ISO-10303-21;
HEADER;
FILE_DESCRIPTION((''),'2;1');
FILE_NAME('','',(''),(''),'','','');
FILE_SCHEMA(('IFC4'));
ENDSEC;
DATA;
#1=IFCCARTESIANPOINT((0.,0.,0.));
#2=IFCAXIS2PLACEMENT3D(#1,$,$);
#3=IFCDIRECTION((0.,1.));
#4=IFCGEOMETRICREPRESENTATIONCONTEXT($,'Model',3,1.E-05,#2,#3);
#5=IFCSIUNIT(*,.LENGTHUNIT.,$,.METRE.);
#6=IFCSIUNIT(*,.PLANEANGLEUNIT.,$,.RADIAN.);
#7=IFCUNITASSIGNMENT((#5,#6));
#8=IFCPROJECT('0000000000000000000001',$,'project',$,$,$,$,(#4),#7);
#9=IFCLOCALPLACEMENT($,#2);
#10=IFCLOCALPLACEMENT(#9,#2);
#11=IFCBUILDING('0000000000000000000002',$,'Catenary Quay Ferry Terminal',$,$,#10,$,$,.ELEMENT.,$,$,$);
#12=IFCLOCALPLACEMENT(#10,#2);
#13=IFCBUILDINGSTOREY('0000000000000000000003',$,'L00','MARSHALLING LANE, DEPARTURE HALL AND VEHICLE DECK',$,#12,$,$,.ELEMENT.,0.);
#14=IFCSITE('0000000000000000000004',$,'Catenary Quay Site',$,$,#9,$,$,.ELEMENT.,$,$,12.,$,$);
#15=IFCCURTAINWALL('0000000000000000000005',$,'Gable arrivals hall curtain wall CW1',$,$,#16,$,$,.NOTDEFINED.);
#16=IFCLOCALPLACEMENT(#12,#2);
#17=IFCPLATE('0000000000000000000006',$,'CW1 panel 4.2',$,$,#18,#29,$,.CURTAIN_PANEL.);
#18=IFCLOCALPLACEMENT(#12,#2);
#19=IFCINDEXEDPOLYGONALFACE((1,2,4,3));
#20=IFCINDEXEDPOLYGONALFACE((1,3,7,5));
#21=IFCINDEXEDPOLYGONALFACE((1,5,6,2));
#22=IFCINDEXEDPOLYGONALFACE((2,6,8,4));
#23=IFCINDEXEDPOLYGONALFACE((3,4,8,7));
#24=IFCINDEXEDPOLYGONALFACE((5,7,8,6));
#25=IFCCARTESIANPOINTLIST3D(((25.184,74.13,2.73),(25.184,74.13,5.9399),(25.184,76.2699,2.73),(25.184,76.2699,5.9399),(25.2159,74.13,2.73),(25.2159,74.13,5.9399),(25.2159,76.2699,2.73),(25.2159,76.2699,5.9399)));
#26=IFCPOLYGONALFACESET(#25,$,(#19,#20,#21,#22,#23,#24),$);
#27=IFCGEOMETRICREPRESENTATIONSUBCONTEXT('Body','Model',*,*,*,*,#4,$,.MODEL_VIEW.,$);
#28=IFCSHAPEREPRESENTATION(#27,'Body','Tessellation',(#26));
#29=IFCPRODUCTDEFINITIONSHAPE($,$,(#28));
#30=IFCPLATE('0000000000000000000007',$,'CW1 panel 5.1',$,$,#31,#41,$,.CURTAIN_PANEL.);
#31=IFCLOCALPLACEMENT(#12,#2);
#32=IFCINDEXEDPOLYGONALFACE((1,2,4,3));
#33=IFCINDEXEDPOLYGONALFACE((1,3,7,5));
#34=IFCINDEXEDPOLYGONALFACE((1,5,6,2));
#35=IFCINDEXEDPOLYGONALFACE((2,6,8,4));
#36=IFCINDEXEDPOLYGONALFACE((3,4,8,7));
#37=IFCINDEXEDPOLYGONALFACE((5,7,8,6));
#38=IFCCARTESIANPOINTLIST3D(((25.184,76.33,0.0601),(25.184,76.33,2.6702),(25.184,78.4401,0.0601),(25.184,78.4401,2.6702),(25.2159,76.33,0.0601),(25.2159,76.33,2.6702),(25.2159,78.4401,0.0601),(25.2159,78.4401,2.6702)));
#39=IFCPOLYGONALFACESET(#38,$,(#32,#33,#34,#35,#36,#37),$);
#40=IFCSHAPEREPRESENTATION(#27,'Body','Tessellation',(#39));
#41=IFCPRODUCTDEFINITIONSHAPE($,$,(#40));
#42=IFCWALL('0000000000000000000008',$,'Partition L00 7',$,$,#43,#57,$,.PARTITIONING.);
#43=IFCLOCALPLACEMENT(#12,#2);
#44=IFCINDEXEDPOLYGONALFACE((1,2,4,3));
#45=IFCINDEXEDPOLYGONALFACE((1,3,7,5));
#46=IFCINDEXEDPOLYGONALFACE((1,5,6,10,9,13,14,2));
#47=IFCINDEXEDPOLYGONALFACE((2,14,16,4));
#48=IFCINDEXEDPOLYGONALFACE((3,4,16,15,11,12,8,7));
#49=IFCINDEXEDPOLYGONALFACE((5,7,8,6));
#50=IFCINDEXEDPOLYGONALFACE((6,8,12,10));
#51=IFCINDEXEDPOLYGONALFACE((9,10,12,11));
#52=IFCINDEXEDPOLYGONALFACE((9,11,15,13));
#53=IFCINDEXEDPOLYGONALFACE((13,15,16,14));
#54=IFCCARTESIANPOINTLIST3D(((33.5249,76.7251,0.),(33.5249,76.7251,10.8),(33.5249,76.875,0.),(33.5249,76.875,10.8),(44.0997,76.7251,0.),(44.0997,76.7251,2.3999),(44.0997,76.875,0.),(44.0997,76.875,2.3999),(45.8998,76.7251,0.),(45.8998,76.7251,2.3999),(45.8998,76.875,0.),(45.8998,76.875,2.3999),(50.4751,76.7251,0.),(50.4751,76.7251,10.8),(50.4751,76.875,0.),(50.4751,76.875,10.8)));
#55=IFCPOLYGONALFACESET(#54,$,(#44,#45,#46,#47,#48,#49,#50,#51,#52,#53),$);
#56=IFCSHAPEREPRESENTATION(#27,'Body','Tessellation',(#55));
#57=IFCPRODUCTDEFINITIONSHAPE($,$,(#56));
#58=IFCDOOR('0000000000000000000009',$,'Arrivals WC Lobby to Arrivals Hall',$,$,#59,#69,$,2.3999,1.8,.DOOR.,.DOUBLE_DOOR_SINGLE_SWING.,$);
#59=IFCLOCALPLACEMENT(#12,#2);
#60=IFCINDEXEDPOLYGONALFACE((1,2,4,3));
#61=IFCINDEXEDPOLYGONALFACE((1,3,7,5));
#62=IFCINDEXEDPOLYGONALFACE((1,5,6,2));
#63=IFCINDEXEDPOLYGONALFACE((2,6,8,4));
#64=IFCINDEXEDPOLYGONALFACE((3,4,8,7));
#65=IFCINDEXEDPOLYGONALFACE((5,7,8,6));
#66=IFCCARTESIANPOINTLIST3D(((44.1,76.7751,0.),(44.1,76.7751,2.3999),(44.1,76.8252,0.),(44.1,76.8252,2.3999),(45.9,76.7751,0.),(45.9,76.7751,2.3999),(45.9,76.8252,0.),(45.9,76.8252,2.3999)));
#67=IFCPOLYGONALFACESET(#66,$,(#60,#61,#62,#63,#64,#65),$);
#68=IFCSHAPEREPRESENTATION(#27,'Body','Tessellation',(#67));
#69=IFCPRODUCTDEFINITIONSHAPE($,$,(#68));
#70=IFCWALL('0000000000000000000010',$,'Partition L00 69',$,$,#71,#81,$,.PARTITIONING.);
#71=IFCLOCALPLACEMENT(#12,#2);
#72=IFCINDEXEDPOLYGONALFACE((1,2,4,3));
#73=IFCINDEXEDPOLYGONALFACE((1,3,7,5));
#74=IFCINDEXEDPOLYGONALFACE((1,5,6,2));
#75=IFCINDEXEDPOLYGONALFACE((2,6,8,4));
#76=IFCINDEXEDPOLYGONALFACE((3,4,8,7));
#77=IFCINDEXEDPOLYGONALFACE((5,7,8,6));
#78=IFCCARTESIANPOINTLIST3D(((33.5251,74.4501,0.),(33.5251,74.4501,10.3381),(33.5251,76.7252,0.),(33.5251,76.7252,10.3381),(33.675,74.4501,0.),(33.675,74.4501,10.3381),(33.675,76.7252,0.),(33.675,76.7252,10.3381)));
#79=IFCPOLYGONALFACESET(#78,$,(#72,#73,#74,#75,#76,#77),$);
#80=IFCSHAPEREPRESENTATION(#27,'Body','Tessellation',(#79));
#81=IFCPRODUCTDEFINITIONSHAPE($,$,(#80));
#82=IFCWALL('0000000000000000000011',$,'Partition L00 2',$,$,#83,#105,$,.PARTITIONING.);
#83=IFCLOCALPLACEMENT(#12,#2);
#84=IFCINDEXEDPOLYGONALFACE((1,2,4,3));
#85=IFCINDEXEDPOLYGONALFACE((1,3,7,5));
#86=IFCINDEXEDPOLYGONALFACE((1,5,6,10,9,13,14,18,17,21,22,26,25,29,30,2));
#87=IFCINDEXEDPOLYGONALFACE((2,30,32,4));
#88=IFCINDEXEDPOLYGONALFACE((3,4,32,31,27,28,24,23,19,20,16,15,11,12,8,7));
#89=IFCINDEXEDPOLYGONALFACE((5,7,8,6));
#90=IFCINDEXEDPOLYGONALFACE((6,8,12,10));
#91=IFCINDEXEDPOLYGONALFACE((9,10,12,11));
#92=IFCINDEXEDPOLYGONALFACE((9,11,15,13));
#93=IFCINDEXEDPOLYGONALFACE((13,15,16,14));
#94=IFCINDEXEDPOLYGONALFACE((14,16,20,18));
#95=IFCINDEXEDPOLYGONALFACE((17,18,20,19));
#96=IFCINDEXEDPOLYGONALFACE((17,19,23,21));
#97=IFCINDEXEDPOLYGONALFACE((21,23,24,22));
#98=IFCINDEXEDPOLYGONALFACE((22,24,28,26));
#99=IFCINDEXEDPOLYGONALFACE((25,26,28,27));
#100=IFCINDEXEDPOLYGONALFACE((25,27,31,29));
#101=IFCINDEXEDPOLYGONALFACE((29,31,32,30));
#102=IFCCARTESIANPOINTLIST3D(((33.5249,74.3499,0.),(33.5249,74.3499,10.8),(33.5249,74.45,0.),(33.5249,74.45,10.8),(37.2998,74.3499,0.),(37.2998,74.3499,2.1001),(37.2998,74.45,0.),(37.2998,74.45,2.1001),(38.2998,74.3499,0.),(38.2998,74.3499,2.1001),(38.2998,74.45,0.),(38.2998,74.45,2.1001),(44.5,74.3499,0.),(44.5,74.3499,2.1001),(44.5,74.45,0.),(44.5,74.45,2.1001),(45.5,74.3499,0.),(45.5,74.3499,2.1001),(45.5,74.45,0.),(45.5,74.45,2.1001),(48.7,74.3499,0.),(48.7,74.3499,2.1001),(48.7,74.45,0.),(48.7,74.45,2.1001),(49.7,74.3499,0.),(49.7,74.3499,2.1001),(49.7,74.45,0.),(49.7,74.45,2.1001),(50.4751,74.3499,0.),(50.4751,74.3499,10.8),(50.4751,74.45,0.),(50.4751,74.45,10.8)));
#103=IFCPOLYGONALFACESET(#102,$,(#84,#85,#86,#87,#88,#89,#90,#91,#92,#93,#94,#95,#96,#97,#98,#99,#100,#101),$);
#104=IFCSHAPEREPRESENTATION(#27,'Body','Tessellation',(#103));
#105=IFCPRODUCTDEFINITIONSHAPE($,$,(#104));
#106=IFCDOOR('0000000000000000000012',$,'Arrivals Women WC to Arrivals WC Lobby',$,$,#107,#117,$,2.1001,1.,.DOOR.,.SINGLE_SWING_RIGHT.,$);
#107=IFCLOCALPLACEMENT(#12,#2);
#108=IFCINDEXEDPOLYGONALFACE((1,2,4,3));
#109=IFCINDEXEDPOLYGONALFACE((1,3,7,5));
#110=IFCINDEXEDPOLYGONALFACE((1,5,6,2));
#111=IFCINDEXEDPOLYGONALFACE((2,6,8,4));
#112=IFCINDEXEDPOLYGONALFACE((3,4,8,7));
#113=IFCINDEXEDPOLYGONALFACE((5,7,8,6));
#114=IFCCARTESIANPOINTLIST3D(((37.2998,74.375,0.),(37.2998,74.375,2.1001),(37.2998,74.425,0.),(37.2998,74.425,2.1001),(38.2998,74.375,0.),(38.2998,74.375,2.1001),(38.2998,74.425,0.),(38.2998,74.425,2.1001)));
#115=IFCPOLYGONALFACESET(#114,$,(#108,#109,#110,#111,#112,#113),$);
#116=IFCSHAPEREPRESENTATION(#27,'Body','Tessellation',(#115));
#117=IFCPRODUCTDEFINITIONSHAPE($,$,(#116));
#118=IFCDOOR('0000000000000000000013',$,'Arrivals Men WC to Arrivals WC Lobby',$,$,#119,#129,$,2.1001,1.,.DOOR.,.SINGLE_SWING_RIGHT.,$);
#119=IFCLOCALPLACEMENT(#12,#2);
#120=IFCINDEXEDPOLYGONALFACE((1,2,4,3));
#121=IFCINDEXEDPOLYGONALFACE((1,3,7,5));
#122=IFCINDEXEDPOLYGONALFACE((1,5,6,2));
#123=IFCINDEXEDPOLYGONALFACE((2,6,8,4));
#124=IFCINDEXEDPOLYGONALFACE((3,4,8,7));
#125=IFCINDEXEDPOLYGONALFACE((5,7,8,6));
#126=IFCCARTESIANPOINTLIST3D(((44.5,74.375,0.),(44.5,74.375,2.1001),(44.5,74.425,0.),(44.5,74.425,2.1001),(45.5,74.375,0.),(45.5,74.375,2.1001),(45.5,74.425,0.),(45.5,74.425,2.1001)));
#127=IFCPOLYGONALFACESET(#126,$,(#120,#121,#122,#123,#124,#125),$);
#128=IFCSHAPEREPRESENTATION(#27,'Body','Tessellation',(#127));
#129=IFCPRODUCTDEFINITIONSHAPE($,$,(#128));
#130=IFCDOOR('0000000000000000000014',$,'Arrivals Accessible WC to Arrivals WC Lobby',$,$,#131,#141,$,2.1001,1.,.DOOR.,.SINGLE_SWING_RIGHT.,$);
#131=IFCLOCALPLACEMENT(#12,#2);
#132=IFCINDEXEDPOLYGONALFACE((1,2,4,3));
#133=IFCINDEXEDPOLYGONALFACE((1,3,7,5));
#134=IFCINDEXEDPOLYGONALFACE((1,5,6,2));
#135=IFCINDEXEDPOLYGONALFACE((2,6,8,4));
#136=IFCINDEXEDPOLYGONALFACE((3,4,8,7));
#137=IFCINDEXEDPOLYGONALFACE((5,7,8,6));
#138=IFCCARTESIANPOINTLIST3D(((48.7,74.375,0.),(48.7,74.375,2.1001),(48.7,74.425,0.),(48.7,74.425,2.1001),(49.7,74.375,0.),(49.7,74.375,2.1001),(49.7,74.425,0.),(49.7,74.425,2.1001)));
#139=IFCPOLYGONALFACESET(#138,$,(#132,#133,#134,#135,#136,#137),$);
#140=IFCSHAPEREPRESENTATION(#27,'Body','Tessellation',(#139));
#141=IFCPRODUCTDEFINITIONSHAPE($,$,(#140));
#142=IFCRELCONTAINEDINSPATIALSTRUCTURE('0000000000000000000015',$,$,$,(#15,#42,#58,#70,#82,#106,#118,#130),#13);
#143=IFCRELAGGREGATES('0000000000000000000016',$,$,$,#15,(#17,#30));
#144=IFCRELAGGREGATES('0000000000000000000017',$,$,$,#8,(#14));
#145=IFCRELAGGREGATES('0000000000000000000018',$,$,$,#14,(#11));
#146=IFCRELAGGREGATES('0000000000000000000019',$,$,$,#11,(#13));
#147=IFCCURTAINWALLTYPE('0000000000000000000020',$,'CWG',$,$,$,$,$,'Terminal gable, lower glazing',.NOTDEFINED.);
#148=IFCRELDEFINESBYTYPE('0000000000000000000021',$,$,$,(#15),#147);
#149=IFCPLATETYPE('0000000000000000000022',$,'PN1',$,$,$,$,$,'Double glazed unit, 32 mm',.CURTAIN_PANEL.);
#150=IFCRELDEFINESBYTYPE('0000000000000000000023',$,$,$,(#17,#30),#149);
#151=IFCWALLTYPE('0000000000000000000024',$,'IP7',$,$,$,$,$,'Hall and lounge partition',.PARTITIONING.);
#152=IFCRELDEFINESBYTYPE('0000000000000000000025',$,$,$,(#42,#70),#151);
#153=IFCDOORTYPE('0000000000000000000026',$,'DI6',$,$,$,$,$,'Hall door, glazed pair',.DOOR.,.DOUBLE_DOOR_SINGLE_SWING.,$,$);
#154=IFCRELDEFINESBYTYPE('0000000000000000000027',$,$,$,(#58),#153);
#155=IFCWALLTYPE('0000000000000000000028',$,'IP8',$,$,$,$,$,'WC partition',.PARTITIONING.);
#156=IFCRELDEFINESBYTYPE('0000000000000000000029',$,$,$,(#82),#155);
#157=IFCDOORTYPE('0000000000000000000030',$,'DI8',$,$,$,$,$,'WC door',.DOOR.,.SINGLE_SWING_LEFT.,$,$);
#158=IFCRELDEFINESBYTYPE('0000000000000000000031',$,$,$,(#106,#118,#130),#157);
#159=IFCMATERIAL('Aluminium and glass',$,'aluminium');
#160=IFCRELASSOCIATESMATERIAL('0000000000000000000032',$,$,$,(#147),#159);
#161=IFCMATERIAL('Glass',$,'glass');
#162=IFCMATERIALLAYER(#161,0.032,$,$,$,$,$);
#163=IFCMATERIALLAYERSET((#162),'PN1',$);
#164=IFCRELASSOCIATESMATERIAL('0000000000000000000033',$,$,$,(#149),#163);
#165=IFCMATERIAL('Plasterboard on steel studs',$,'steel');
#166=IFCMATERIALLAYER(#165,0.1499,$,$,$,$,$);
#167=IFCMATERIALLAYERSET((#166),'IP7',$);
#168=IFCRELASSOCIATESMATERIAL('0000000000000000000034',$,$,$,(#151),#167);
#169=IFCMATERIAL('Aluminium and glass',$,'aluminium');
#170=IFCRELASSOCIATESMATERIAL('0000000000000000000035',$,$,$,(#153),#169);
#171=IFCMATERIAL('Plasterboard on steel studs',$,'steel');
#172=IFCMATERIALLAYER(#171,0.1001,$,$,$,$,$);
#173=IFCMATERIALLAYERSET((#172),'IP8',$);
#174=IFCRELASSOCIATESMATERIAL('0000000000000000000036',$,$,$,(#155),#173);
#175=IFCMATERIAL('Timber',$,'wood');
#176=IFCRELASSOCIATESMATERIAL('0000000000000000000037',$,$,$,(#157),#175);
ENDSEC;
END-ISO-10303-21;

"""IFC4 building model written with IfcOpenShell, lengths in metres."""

from ifc_helpers import new_model, si_unit, direction, frame, frame_2d, origin, origin_2d, place, context, subcontext, project, spatial, rectangle, extrude, material, layer, layer_set, type_object, element, fill, aggregate, save


model = new_model("IFC4")

# Units and contexts
model_context = context("Model", 3, precision=1e-05, world=origin(), true_north=direction((0.0, 1.0)))
body_context = subcontext(model_context, "Body", "Model", "MODEL_VIEW")
ifc_project = project(units=[si_unit("LENGTHUNIT", "METRE"), si_unit("PLANEANGLEUNIT", "RADIAN")], contexts=[model_context])

# Site, building, storey
site_placement = place(None, origin())
site = spatial("IfcSite", under=ifc_project, at=site_placement, Name="Catenary Quay Site", CompositionType="ELEMENT", RefElevation=12.0)
building_placement = place(site_placement, origin())
building = spatial("IfcBuilding", under=site, at=building_placement, Name="Catenary Quay Ferry Terminal", CompositionType="ELEMENT")
storey_placement = place(building_placement, origin())
storey = spatial("IfcBuildingStorey", under=building, at=storey_placement, Name="L00", Description="MARSHALLING LANE, DEPARTURE HALL AND VEHICLE DECK", CompositionType="ELEMENT", Elevation=0.0)

# Curtain wall, plates
ifc_material_1 = material(Name="Aluminium and glass", Category="aluminium")
curtain_wall_type = type_object("IfcCurtainWallType", Name="CWG", ElementType="Terminal gable, lower glazing", PredefinedType="NOTDEFINED", material=ifc_material_1)
curtain_wall_placement = place(storey_placement, origin())
curtain_wall = element("IfcCurtainWall", 1, at=curtain_wall_placement, inside=storey, type_object=curtain_wall_type, Name="Gable arrivals hall curtain wall CW1", PredefinedType="NOTDEFINED")
ifc_material_2 = material(Name="Glass", Category="glass")
ifc_layer_1 = layer(ifc_material_2, 0.032)
ifc_layer_set_1 = layer_set([ifc_layer_1], Name="PN1")
plate_type = type_object("IfcPlateType", Name="PN1", ElementType="Double glazed unit, 32 mm", PredefinedType="CURTAIN_PANEL", material=ifc_layer_set_1)
plate_1_placement = place(storey_placement, frame((25.2, 75.2, 2.73), z_axis=(0.0, 0.0, 1.0), x_axis=(0.0, 1.0, 0.0)))
plate_1 = element("IfcPlate", 2, at=plate_1_placement, type_object=plate_type, Name="CW1 panel 4.2", PredefinedType="CURTAIN_PANEL", context=body_context, shape_type="SweptSolid", body=[
    extrude(rectangle(XDim=2.1399, YDim=0.032, at=origin_2d()), origin(), (0.0, 0.0, 1.0), 3.21),
])
plate_2_placement = place(storey_placement, frame((25.2, 77.385, 0.0601), z_axis=(0.0, 0.0, 1.0), x_axis=(0.0, 1.0, 0.0)))
plate_2 = element("IfcPlate", 3, at=plate_2_placement, type_object=plate_type, Name="CW1 panel 5.1", PredefinedType="CURTAIN_PANEL", context=body_context, shape_type="SweptSolid", body=[
    extrude(rectangle(XDim=2.1101, YDim=0.032, at=origin_2d()), origin(), (0.0, 0.0, 1.0), 2.6101),
])
aggregate(curtain_wall, [plate_1, plate_2])

# Wall, opening, door
ifc_material_3 = material(Name="Plasterboard on steel studs", Category="steel")
ifc_layer_2 = layer(ifc_material_3, 0.1499)
ifc_layer_set_2 = layer_set([ifc_layer_2], Name="IP7")
wall_type_1 = type_object("IfcWallType", Name="IP7", ElementType="Hall and lounge partition", PredefinedType="PARTITIONING", material=ifc_layer_set_2)
wall_1_placement = place(storey_placement, frame((33.5249, 76.8, 0.0), z_axis=(0.0, 0.0, 1.0), x_axis=(1.0, 0.0, 0.0)))
wall_1 = element("IfcWall", 4, at=wall_1_placement, inside=storey, type_object=wall_type_1, Name="Partition L00 7", PredefinedType="PARTITIONING", context=body_context, shape_type="SweptSolid", body=[
    extrude(rectangle(XDim=16.9502, YDim=0.1499, at=frame_2d((8.4751, 0.0))), origin(), (0.0, 0.0, 1.0), 10.8),
])
opening_1_placement = place(wall_1_placement, frame((10.575, 0.0, 0.0)))
opening_1 = element("IfcOpeningElement", 5, at=opening_1_placement, cuts=wall_1, PredefinedType="OPENING", context=body_context, shape_type="SweptSolid", body=[
    extrude(rectangle(XDim=1.8, YDim=2.3999, at=frame_2d((0.8999, 1.2))), frame((0.0, 0.085, 0.0), z_axis=(0.0, -1.0, 0.0), x_axis=(1.0, 0.0, 0.0)), (0.0, 0.0, 1.0), 0.1699),
])
ifc_material_4 = material(Name="Aluminium and glass", Category="aluminium")
door_type_1 = type_object("IfcDoorType", Name="DI6", ElementType="Hall door, glazed pair", OperationType="DOUBLE_DOOR_SINGLE_SWING", PredefinedType="DOOR", material=ifc_material_4)
door_1_placement = place(opening_1_placement, frame((1.8, 0.0, 0.0), z_axis=(0.0, 0.0, 1.0), x_axis=(-1.0, 0.0, 0.0)))
door_1 = element("IfcDoor", 6, at=door_1_placement, inside=storey, type_object=door_type_1, Name="Arrivals WC Lobby to Arrivals Hall", OperationType="DOUBLE_DOOR_SINGLE_SWING", OverallHeight=2.3999, OverallWidth=1.8, PredefinedType="DOOR", context=body_context, shape_type="SweptSolid", body=[
    extrude(rectangle(XDim=1.8, YDim=2.3999, at=frame_2d((0.8999, 1.2))), frame((0.0, 0.0249, 0.0), z_axis=(0.0, -1.0, 0.0), x_axis=(1.0, 0.0, 0.0)), (0.0, 0.0, 1.0), 0.05),
])
fill(opening_1, door_1)

# Wall
wall_2_placement = place(storey_placement, frame((33.6001, 74.45, 0.0), z_axis=(0.0, 0.0, 1.0), x_axis=(0.0, 1.0, 0.0)))
element("IfcWall", 7, at=wall_2_placement, inside=storey, type_object=wall_type_1, Name="Partition L00 69", PredefinedType="PARTITIONING", context=body_context, shape_type="SweptSolid", body=[
    extrude(rectangle(XDim=2.2751, YDim=0.1499, at=frame_2d((1.1377, 0.0))), origin(), (0.0, 0.0, 1.0), 10.3381),
])

# Wall, openings, doors
ifc_material_5 = material(Name="Plasterboard on steel studs", Category="steel")
ifc_layer_3 = layer(ifc_material_5, 0.1001)
ifc_layer_set_3 = layer_set([ifc_layer_3], Name="IP8")
wall_type_2 = type_object("IfcWallType", Name="IP8", ElementType="WC partition", PredefinedType="PARTITIONING", material=ifc_layer_set_3)
wall_3_placement = place(storey_placement, frame((33.5249, 74.3999, 0.0), z_axis=(0.0, 0.0, 1.0), x_axis=(1.0, 0.0, 0.0)))
wall_3 = element("IfcWall", 8, at=wall_3_placement, inside=storey, type_object=wall_type_2, Name="Partition L00 2", PredefinedType="PARTITIONING", context=body_context, shape_type="SweptSolid", body=[
    extrude(rectangle(XDim=16.9502, YDim=0.1001, at=frame_2d((8.4751, 0.0))), origin(), (0.0, 0.0, 1.0), 10.8),
])
opening_2_placement = place(wall_3_placement, frame((3.7749, 0.0, 0.0)))
opening_2 = element("IfcOpeningElement", 9, at=opening_2_placement, cuts=wall_3, PredefinedType="OPENING", context=body_context, shape_type="SweptSolid", body=[
    extrude(rectangle(XDim=1.0, YDim=2.1001, at=frame_2d((0.5, 1.05))), frame((0.0, 0.0601, 0.0), z_axis=(0.0, -1.0, 0.0), x_axis=(1.0, 0.0, 0.0)), (0.0, 0.0, 1.0), 0.1201),
])
opening_3_placement = place(wall_3_placement, frame((10.9751, 0.0, 0.0)))
opening_3 = element("IfcOpeningElement", 10, at=opening_3_placement, cuts=wall_3, PredefinedType="OPENING", context=body_context, shape_type="SweptSolid", body=[
    extrude(rectangle(XDim=1.0, YDim=2.1001, at=frame_2d((0.5, 1.05))), frame((0.0, 0.0601, 0.0), z_axis=(0.0, -1.0, 0.0), x_axis=(1.0, 0.0, 0.0)), (0.0, 0.0, 1.0), 0.1201),
])
opening_4_placement = place(wall_3_placement, frame((15.175, 0.0, 0.0)))
opening_4 = element("IfcOpeningElement", 11, at=opening_4_placement, cuts=wall_3, PredefinedType="OPENING", context=body_context, shape_type="SweptSolid", body=[
    extrude(rectangle(XDim=1.0, YDim=2.1001, at=frame_2d((0.5, 1.05))), frame((0.0, 0.0601, 0.0), z_axis=(0.0, -1.0, 0.0), x_axis=(1.0, 0.0, 0.0)), (0.0, 0.0, 1.0), 0.1201),
])
ifc_material_6 = material(Name="Timber", Category="wood")
door_type_2 = type_object("IfcDoorType", Name="DI8", ElementType="WC door", OperationType="SINGLE_SWING_LEFT", PredefinedType="DOOR", material=ifc_material_6)
door_2_placement = place(opening_2_placement, frame((1.0, 0.0, 0.0), z_axis=(0.0, 0.0, 1.0), x_axis=(-1.0, 0.0, 0.0)))
door_2 = element("IfcDoor", 12, at=door_2_placement, inside=storey, type_object=door_type_2, Name="Arrivals Women WC to Arrivals WC Lobby", OperationType="SINGLE_SWING_RIGHT", OverallHeight=2.1001, OverallWidth=1.0, PredefinedType="DOOR", context=body_context, shape_type="SweptSolid", body=[
    extrude(rectangle(XDim=1.0, YDim=2.1001, at=frame_2d((0.5, 1.05))), frame((0.0, 0.0249, 0.0), z_axis=(0.0, -1.0, 0.0), x_axis=(1.0, 0.0, 0.0)), (0.0, 0.0, 1.0), 0.05),
])
fill(opening_2, door_2)
door_3_placement = place(opening_3_placement, frame((1.0, 0.0, 0.0), z_axis=(0.0, 0.0, 1.0), x_axis=(-1.0, 0.0, 0.0)))
door_3 = element("IfcDoor", 13, at=door_3_placement, inside=storey, type_object=door_type_2, Name="Arrivals Men WC to Arrivals WC Lobby", OperationType="SINGLE_SWING_RIGHT", OverallHeight=2.1001, OverallWidth=1.0, PredefinedType="DOOR", context=body_context, shape_type="SweptSolid", body=[
    extrude(rectangle(XDim=1.0, YDim=2.1001, at=frame_2d((0.5, 1.05))), frame((0.0, 0.0249, 0.0), z_axis=(0.0, -1.0, 0.0), x_axis=(1.0, 0.0, 0.0)), (0.0, 0.0, 1.0), 0.05),
])
fill(opening_3, door_3)
door_4_placement = place(opening_4_placement, frame((1.0, 0.0, 0.0), z_axis=(0.0, 0.0, 1.0), x_axis=(-1.0, 0.0, 0.0)))
door_4 = element("IfcDoor", 14, at=door_4_placement, inside=storey, type_object=door_type_2, Name="Arrivals Accessible WC to Arrivals WC Lobby", OperationType="SINGLE_SWING_RIGHT", OverallHeight=2.1001, OverallWidth=1.0, PredefinedType="DOOR", context=body_context, shape_type="SweptSolid", body=[
    extrude(rectangle(XDim=1.0, YDim=2.1001, at=frame_2d((0.5, 1.05))), frame((0.0, 0.0249, 0.0), z_axis=(0.0, -1.0, 0.0), x_axis=(1.0, 0.0, 0.0)), (0.0, 0.0, 1.0), 0.05),
])
fill(opening_4, door_4)

save(model, "model.ifc")
